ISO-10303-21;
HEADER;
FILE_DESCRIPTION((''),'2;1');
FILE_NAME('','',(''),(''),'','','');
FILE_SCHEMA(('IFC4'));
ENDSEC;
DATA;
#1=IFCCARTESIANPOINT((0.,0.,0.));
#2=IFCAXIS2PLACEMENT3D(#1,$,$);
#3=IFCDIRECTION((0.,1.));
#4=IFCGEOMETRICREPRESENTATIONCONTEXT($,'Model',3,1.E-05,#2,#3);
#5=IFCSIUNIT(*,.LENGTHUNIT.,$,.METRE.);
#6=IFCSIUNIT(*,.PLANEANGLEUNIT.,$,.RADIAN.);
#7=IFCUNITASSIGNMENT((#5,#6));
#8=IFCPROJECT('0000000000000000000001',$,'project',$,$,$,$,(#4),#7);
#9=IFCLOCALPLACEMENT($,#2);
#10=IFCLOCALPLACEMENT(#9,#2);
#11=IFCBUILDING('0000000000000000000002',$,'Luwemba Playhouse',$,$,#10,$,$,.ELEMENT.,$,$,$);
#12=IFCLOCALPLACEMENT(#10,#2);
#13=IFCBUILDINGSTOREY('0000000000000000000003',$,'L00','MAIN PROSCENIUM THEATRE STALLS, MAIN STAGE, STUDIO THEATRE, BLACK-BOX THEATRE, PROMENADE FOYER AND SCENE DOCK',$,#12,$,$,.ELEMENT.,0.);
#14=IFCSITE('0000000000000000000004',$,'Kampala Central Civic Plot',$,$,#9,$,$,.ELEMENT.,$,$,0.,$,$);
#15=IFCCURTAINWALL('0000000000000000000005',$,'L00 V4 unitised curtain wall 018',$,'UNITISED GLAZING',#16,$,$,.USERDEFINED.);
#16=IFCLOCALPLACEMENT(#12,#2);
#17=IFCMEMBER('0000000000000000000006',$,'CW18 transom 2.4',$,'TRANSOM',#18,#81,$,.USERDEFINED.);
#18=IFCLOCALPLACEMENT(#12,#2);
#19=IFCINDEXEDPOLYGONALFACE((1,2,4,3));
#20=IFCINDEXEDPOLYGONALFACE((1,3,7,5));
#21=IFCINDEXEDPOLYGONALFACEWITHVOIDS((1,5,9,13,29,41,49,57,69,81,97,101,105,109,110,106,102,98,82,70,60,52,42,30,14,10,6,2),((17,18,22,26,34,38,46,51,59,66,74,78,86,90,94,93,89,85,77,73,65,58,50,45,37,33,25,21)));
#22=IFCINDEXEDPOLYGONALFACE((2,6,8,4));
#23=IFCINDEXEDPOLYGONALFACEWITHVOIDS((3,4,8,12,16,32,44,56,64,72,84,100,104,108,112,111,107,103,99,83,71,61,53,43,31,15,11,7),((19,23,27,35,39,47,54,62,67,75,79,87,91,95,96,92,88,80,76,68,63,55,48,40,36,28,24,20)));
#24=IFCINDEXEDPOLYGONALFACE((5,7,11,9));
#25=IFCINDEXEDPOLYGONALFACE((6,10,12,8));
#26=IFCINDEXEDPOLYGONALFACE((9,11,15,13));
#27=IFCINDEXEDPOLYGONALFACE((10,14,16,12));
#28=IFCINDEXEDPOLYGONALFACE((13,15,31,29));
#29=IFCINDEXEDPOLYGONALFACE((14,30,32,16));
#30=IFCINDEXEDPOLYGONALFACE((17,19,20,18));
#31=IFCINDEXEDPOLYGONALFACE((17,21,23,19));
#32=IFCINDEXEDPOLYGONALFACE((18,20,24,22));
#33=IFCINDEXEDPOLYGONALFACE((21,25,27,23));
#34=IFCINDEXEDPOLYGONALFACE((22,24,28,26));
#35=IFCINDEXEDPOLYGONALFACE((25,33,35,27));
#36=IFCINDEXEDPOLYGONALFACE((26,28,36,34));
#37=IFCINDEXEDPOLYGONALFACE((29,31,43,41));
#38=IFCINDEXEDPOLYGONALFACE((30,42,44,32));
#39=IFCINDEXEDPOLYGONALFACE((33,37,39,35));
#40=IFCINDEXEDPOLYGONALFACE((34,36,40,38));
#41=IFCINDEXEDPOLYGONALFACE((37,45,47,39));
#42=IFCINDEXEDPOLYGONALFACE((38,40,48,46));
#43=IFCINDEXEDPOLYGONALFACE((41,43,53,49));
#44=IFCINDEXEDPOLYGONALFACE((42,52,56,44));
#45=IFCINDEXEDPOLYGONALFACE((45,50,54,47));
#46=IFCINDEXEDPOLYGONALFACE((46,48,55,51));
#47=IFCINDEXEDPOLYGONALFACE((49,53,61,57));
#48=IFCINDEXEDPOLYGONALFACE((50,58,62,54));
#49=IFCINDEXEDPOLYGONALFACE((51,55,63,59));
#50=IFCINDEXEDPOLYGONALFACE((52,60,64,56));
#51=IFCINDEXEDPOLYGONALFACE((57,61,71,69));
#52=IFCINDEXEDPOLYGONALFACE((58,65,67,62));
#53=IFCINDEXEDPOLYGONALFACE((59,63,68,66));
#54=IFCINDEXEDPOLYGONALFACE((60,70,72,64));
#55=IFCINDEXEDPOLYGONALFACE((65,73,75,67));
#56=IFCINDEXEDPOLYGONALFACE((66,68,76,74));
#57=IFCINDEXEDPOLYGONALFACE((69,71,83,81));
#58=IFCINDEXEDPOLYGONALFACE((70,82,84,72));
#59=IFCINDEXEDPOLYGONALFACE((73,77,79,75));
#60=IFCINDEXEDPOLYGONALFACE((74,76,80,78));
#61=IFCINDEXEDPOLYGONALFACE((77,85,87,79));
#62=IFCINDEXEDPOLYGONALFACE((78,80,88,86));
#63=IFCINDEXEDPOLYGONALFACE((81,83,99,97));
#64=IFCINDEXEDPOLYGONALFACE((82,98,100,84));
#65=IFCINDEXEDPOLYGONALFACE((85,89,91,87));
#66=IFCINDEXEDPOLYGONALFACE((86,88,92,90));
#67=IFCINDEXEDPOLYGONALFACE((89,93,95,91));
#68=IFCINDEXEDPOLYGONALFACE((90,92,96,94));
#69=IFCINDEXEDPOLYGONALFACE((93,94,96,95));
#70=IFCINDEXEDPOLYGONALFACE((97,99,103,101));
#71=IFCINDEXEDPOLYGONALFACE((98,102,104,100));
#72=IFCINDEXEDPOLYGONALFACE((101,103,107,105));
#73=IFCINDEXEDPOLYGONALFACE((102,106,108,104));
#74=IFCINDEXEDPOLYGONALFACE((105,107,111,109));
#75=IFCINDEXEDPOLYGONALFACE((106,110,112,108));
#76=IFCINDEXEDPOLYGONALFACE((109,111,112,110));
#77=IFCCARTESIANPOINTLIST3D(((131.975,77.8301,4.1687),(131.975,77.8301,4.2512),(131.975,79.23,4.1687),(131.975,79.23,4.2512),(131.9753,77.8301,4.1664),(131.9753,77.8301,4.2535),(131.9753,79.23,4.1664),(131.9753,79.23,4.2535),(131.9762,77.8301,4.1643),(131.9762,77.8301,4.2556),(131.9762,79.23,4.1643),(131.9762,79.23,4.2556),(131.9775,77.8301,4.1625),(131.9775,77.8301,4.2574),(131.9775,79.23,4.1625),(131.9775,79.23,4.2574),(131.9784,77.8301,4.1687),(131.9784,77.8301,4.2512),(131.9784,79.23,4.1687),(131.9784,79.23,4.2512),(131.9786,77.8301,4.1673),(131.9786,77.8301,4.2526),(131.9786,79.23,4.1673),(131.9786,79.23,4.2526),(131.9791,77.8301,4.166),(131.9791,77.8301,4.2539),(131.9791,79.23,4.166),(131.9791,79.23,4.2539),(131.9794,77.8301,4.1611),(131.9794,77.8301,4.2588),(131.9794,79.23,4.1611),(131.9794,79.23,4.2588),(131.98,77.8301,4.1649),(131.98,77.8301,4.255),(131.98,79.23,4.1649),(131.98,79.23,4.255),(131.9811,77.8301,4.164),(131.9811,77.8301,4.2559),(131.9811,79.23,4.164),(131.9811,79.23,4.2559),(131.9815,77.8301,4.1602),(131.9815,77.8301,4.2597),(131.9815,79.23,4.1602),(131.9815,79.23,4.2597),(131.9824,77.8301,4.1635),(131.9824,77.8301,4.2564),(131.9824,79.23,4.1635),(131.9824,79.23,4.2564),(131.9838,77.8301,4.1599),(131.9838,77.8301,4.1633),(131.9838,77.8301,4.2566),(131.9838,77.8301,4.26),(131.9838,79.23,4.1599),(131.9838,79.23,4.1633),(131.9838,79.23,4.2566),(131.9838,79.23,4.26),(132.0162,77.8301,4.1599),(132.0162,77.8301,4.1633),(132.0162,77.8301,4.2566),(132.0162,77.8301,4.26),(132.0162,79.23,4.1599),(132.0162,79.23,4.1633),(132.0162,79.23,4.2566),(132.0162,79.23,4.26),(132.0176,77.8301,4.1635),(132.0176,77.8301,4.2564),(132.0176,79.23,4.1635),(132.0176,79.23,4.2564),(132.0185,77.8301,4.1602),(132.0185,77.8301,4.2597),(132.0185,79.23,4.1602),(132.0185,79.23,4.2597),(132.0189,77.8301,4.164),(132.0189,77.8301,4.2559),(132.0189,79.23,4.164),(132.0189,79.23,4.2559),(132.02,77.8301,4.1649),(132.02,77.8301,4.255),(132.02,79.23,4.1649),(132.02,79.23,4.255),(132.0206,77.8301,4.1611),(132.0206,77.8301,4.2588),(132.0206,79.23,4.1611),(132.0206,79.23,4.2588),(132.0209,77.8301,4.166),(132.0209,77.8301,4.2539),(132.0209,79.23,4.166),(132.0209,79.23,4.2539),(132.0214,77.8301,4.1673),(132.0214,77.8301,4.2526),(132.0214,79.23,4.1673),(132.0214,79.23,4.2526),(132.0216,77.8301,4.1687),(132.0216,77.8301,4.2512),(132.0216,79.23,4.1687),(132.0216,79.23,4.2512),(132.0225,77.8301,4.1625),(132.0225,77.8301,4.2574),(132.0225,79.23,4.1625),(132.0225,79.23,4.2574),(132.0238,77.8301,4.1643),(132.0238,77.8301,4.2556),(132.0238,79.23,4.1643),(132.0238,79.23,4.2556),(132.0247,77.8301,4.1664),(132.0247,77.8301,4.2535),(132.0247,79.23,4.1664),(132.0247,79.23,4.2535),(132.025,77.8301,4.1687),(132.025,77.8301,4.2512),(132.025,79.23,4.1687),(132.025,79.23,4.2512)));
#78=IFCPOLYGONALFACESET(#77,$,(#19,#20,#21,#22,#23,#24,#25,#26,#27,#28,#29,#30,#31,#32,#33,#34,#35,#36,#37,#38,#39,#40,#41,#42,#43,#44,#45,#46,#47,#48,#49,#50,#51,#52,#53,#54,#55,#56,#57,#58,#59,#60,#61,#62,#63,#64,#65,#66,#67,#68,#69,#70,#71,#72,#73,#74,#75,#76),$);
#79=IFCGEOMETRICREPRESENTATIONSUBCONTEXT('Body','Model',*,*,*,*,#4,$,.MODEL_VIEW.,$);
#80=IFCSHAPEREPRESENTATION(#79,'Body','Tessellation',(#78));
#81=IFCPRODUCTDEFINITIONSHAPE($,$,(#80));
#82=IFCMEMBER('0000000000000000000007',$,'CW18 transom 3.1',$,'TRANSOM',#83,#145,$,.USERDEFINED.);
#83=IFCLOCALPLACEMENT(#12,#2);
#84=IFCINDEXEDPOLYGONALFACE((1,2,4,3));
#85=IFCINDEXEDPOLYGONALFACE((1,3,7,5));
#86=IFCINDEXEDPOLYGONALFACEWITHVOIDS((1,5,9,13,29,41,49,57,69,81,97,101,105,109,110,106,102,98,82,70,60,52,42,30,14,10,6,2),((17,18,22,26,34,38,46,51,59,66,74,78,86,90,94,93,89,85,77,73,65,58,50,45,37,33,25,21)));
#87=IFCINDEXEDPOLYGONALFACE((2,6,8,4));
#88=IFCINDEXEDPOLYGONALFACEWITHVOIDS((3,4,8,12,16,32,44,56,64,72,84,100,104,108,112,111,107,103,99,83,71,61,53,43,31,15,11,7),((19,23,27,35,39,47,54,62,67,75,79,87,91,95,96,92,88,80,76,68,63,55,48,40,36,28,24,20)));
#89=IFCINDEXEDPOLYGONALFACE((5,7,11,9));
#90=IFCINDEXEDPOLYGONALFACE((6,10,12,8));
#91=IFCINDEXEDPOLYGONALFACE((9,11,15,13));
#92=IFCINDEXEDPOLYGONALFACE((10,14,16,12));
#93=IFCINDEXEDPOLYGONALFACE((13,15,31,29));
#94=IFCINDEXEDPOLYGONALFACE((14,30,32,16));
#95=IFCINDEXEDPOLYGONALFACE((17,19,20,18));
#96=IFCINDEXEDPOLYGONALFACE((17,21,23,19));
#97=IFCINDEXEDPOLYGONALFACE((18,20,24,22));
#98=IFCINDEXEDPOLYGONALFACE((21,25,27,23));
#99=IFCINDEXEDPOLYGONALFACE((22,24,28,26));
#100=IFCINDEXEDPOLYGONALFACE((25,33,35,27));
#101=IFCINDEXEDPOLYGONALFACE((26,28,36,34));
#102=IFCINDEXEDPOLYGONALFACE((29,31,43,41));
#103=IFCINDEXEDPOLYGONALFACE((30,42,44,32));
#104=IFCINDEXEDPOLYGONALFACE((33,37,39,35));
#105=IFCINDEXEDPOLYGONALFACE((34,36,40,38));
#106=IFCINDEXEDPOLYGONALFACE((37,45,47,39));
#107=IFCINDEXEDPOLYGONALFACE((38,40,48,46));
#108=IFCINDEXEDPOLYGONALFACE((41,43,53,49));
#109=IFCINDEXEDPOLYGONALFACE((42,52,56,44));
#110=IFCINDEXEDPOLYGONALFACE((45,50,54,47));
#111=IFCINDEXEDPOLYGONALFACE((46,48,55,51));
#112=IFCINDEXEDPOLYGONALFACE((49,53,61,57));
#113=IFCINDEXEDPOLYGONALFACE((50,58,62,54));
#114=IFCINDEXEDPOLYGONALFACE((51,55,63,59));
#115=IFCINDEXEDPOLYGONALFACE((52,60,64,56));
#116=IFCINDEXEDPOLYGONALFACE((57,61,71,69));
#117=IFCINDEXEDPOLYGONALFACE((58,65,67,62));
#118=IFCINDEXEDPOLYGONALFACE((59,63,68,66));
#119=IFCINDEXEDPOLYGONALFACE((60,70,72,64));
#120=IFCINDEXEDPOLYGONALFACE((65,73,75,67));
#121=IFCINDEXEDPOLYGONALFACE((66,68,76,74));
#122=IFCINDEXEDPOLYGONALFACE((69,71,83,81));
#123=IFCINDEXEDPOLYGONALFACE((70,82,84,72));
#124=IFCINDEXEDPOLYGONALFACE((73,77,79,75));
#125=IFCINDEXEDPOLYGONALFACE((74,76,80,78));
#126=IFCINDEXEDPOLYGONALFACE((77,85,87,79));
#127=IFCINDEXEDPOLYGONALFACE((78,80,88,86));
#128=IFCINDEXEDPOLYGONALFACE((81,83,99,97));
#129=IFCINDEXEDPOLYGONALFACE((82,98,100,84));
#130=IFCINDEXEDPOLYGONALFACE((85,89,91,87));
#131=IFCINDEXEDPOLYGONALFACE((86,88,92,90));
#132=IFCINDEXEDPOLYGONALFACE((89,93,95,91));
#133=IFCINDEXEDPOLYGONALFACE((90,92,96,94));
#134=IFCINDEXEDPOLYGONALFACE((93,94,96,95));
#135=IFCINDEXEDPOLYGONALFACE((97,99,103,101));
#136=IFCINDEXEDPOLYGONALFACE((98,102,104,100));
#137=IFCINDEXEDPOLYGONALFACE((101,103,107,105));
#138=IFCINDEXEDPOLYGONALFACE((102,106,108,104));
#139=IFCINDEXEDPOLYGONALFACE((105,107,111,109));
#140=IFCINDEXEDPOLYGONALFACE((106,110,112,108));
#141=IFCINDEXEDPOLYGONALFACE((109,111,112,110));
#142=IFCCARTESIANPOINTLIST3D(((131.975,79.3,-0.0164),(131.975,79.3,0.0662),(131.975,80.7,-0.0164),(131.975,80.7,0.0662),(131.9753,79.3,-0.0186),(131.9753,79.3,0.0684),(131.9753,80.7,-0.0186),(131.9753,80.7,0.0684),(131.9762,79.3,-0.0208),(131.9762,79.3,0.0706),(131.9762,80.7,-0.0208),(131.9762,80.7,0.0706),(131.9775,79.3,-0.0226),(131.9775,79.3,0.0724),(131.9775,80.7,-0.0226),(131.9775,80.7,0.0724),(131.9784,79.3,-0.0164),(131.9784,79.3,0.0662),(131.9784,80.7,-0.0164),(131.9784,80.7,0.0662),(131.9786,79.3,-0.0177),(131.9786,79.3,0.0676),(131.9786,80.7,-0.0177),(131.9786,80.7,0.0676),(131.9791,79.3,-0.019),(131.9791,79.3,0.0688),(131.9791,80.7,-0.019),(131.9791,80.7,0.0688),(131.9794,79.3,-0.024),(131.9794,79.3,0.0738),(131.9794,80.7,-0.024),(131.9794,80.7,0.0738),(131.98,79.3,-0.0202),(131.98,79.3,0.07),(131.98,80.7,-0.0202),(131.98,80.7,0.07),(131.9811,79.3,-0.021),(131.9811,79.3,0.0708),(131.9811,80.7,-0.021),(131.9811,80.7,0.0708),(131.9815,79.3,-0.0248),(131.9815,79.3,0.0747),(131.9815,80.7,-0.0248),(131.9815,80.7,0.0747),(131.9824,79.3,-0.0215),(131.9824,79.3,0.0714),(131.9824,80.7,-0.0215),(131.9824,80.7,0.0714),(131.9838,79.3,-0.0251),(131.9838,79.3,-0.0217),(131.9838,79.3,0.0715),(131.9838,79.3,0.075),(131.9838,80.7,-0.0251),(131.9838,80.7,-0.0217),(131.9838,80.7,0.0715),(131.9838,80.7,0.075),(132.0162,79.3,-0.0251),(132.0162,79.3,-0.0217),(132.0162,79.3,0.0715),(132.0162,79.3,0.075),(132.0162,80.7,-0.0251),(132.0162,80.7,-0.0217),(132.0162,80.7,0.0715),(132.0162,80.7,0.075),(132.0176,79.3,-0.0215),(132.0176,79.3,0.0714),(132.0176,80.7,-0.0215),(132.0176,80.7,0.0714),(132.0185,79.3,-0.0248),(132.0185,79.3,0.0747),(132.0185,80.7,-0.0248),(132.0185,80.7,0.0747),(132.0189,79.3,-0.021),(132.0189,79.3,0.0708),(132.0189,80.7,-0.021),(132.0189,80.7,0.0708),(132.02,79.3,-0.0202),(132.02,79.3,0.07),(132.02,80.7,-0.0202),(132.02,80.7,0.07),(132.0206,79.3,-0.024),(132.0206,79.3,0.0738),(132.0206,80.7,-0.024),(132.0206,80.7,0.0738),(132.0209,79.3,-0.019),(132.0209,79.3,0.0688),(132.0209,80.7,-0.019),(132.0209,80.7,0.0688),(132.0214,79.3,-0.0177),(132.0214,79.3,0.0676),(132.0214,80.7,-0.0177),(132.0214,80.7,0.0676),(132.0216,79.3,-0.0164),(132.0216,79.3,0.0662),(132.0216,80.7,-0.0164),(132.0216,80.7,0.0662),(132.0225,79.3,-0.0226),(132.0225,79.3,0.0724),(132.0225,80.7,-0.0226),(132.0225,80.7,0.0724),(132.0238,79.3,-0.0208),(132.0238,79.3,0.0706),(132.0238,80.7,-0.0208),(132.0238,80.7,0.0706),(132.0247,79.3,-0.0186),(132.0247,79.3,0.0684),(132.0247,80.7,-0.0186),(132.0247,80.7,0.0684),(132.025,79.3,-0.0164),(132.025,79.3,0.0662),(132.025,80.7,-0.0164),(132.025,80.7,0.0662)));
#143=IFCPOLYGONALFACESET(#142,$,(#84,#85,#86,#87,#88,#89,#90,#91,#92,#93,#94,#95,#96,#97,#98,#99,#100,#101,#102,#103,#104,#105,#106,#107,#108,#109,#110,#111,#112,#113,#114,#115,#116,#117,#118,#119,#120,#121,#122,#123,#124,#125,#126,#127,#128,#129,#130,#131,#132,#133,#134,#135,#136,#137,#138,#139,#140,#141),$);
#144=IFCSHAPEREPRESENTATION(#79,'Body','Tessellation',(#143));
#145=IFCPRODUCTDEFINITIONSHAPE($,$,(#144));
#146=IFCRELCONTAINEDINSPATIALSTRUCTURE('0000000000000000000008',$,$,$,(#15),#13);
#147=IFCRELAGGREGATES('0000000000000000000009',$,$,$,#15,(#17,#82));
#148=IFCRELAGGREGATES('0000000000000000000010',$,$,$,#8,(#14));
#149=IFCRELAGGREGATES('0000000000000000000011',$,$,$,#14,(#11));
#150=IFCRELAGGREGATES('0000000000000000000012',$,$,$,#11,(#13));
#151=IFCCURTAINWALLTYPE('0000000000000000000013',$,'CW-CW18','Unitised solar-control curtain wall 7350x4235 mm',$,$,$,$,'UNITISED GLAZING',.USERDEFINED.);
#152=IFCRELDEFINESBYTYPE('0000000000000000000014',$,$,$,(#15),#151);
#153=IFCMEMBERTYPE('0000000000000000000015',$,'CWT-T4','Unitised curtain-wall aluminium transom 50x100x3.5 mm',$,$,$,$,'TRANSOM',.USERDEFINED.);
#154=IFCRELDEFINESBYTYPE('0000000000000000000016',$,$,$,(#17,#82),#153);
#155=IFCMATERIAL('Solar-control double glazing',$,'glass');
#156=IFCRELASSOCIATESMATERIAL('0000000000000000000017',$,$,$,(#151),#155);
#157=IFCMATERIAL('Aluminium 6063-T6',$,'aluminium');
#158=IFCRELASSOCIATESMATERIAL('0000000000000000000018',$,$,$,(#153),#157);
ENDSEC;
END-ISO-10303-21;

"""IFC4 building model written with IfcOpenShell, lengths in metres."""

from ifc_helpers import new_model, si_unit, direction, frame, origin, origin_2d, place, context, subcontext, project, spatial, hollow_rectangle, extrude, material, material_profile, profile_set, type_object, element, aggregate, save


model = new_model("IFC4")

# Units and contexts
model_context = context("Model", 3, precision=1e-05, world=origin(), true_north=direction((0.0, 1.0)))
body_context = subcontext(model_context, "Body", "Model", "MODEL_VIEW")
ifc_project = project(units=[si_unit("LENGTHUNIT", "METRE"), si_unit("PLANEANGLEUNIT", "RADIAN")], contexts=[model_context])

# Site, building, storey
site_placement = place(None, origin())
site = spatial("IfcSite", under=ifc_project, at=site_placement, Name="Kampala Central Civic Plot", CompositionType="ELEMENT", RefElevation=0.0)
building_placement = place(site_placement, origin())
building = spatial("IfcBuilding", under=site, at=building_placement, Name="Luwemba Playhouse", CompositionType="ELEMENT")
storey_placement = place(building_placement, origin())
storey = spatial("IfcBuildingStorey", under=building, at=storey_placement, Name="L00", Description="MAIN PROSCENIUM THEATRE STALLS, MAIN STAGE, STUDIO THEATRE, BLACK-BOX THEATRE, PROMENADE FOYER AND SCENE DOCK", CompositionType="ELEMENT", Elevation=0.0)

# Curtain wall, members
ifc_material_1 = material(Name="Solar-control double glazing", Category="glass")
curtain_wall_type = type_object("IfcCurtainWallType", Name="CW-CW18", Description="Unitised solar-control curtain wall 7350x4235 mm", ElementType="UNITISED GLAZING", PredefinedType="USERDEFINED", material=ifc_material_1)
curtain_wall_placement = place(storey_placement, origin())
curtain_wall = element("IfcCurtainWall", 1, at=curtain_wall_placement, inside=storey, type_object=curtain_wall_type, Name="L00 V4 unitised curtain wall 018", ObjectType="UNITISED GLAZING", PredefinedType="USERDEFINED")
ifc_material_2 = material(Name="Aluminium 6063-T6", Category="aluminium")
ifc_material_profile_1 = material_profile(ifc_material_2, hollow_rectangle(XDim=0.05, YDim=0.1001, WallThickness=0.0034, InnerFilletRadius=0.0054, OuterFilletRadius=0.0088, at=origin_2d()))
ifc_profile_set_1 = profile_set([ifc_material_profile_1], Name="Aluminium 6063-T6")
member_type_1 = type_object("IfcMemberType", Name="CWT-T4", Description="Unitised curtain-wall aluminium transom 50x100x3.5 mm", ElementType="TRANSOM", PredefinedType="USERDEFINED", material=ifc_profile_set_1)
member_1_placement = place(storey_placement, frame((132.0, 77.8301, 4.21), z_axis=(0.0, 1.0, 0.0), x_axis=(-1.0, 0.0, 0.0)))
member_1 = element("IfcMember", 2, at=member_1_placement, type_object=member_type_1, Name="CW18 transom 2.4", ObjectType="TRANSOM", PredefinedType="USERDEFINED", context=body_context, shape_type="SweptSolid", body=[
    extrude(hollow_rectangle(XDim=0.05, YDim=0.1001, WallThickness=0.0034, InnerFilletRadius=0.0054, OuterFilletRadius=0.0088, at=origin_2d()), origin(), (0.0, 0.0, 1.0), 1.3999),
])
member_2_placement = place(storey_placement, frame((132.0, 79.3, 0.0249), z_axis=(0.0, 1.0, 0.0), x_axis=(-1.0, 0.0, 0.0)))
member_2 = element("IfcMember", 3, at=member_2_placement, type_object=member_type_1, Name="CW18 transom 3.1", ObjectType="TRANSOM", PredefinedType="USERDEFINED", context=body_context, shape_type="SweptSolid", body=[
    extrude(hollow_rectangle(XDim=0.05, YDim=0.1001, WallThickness=0.0034, InnerFilletRadius=0.0054, OuterFilletRadius=0.0088, at=origin_2d()), origin(), (0.0, 0.0, 1.0), 1.3999),
])
aggregate(curtain_wall, [member_1, member_2])

save(model, "model.ifc")
